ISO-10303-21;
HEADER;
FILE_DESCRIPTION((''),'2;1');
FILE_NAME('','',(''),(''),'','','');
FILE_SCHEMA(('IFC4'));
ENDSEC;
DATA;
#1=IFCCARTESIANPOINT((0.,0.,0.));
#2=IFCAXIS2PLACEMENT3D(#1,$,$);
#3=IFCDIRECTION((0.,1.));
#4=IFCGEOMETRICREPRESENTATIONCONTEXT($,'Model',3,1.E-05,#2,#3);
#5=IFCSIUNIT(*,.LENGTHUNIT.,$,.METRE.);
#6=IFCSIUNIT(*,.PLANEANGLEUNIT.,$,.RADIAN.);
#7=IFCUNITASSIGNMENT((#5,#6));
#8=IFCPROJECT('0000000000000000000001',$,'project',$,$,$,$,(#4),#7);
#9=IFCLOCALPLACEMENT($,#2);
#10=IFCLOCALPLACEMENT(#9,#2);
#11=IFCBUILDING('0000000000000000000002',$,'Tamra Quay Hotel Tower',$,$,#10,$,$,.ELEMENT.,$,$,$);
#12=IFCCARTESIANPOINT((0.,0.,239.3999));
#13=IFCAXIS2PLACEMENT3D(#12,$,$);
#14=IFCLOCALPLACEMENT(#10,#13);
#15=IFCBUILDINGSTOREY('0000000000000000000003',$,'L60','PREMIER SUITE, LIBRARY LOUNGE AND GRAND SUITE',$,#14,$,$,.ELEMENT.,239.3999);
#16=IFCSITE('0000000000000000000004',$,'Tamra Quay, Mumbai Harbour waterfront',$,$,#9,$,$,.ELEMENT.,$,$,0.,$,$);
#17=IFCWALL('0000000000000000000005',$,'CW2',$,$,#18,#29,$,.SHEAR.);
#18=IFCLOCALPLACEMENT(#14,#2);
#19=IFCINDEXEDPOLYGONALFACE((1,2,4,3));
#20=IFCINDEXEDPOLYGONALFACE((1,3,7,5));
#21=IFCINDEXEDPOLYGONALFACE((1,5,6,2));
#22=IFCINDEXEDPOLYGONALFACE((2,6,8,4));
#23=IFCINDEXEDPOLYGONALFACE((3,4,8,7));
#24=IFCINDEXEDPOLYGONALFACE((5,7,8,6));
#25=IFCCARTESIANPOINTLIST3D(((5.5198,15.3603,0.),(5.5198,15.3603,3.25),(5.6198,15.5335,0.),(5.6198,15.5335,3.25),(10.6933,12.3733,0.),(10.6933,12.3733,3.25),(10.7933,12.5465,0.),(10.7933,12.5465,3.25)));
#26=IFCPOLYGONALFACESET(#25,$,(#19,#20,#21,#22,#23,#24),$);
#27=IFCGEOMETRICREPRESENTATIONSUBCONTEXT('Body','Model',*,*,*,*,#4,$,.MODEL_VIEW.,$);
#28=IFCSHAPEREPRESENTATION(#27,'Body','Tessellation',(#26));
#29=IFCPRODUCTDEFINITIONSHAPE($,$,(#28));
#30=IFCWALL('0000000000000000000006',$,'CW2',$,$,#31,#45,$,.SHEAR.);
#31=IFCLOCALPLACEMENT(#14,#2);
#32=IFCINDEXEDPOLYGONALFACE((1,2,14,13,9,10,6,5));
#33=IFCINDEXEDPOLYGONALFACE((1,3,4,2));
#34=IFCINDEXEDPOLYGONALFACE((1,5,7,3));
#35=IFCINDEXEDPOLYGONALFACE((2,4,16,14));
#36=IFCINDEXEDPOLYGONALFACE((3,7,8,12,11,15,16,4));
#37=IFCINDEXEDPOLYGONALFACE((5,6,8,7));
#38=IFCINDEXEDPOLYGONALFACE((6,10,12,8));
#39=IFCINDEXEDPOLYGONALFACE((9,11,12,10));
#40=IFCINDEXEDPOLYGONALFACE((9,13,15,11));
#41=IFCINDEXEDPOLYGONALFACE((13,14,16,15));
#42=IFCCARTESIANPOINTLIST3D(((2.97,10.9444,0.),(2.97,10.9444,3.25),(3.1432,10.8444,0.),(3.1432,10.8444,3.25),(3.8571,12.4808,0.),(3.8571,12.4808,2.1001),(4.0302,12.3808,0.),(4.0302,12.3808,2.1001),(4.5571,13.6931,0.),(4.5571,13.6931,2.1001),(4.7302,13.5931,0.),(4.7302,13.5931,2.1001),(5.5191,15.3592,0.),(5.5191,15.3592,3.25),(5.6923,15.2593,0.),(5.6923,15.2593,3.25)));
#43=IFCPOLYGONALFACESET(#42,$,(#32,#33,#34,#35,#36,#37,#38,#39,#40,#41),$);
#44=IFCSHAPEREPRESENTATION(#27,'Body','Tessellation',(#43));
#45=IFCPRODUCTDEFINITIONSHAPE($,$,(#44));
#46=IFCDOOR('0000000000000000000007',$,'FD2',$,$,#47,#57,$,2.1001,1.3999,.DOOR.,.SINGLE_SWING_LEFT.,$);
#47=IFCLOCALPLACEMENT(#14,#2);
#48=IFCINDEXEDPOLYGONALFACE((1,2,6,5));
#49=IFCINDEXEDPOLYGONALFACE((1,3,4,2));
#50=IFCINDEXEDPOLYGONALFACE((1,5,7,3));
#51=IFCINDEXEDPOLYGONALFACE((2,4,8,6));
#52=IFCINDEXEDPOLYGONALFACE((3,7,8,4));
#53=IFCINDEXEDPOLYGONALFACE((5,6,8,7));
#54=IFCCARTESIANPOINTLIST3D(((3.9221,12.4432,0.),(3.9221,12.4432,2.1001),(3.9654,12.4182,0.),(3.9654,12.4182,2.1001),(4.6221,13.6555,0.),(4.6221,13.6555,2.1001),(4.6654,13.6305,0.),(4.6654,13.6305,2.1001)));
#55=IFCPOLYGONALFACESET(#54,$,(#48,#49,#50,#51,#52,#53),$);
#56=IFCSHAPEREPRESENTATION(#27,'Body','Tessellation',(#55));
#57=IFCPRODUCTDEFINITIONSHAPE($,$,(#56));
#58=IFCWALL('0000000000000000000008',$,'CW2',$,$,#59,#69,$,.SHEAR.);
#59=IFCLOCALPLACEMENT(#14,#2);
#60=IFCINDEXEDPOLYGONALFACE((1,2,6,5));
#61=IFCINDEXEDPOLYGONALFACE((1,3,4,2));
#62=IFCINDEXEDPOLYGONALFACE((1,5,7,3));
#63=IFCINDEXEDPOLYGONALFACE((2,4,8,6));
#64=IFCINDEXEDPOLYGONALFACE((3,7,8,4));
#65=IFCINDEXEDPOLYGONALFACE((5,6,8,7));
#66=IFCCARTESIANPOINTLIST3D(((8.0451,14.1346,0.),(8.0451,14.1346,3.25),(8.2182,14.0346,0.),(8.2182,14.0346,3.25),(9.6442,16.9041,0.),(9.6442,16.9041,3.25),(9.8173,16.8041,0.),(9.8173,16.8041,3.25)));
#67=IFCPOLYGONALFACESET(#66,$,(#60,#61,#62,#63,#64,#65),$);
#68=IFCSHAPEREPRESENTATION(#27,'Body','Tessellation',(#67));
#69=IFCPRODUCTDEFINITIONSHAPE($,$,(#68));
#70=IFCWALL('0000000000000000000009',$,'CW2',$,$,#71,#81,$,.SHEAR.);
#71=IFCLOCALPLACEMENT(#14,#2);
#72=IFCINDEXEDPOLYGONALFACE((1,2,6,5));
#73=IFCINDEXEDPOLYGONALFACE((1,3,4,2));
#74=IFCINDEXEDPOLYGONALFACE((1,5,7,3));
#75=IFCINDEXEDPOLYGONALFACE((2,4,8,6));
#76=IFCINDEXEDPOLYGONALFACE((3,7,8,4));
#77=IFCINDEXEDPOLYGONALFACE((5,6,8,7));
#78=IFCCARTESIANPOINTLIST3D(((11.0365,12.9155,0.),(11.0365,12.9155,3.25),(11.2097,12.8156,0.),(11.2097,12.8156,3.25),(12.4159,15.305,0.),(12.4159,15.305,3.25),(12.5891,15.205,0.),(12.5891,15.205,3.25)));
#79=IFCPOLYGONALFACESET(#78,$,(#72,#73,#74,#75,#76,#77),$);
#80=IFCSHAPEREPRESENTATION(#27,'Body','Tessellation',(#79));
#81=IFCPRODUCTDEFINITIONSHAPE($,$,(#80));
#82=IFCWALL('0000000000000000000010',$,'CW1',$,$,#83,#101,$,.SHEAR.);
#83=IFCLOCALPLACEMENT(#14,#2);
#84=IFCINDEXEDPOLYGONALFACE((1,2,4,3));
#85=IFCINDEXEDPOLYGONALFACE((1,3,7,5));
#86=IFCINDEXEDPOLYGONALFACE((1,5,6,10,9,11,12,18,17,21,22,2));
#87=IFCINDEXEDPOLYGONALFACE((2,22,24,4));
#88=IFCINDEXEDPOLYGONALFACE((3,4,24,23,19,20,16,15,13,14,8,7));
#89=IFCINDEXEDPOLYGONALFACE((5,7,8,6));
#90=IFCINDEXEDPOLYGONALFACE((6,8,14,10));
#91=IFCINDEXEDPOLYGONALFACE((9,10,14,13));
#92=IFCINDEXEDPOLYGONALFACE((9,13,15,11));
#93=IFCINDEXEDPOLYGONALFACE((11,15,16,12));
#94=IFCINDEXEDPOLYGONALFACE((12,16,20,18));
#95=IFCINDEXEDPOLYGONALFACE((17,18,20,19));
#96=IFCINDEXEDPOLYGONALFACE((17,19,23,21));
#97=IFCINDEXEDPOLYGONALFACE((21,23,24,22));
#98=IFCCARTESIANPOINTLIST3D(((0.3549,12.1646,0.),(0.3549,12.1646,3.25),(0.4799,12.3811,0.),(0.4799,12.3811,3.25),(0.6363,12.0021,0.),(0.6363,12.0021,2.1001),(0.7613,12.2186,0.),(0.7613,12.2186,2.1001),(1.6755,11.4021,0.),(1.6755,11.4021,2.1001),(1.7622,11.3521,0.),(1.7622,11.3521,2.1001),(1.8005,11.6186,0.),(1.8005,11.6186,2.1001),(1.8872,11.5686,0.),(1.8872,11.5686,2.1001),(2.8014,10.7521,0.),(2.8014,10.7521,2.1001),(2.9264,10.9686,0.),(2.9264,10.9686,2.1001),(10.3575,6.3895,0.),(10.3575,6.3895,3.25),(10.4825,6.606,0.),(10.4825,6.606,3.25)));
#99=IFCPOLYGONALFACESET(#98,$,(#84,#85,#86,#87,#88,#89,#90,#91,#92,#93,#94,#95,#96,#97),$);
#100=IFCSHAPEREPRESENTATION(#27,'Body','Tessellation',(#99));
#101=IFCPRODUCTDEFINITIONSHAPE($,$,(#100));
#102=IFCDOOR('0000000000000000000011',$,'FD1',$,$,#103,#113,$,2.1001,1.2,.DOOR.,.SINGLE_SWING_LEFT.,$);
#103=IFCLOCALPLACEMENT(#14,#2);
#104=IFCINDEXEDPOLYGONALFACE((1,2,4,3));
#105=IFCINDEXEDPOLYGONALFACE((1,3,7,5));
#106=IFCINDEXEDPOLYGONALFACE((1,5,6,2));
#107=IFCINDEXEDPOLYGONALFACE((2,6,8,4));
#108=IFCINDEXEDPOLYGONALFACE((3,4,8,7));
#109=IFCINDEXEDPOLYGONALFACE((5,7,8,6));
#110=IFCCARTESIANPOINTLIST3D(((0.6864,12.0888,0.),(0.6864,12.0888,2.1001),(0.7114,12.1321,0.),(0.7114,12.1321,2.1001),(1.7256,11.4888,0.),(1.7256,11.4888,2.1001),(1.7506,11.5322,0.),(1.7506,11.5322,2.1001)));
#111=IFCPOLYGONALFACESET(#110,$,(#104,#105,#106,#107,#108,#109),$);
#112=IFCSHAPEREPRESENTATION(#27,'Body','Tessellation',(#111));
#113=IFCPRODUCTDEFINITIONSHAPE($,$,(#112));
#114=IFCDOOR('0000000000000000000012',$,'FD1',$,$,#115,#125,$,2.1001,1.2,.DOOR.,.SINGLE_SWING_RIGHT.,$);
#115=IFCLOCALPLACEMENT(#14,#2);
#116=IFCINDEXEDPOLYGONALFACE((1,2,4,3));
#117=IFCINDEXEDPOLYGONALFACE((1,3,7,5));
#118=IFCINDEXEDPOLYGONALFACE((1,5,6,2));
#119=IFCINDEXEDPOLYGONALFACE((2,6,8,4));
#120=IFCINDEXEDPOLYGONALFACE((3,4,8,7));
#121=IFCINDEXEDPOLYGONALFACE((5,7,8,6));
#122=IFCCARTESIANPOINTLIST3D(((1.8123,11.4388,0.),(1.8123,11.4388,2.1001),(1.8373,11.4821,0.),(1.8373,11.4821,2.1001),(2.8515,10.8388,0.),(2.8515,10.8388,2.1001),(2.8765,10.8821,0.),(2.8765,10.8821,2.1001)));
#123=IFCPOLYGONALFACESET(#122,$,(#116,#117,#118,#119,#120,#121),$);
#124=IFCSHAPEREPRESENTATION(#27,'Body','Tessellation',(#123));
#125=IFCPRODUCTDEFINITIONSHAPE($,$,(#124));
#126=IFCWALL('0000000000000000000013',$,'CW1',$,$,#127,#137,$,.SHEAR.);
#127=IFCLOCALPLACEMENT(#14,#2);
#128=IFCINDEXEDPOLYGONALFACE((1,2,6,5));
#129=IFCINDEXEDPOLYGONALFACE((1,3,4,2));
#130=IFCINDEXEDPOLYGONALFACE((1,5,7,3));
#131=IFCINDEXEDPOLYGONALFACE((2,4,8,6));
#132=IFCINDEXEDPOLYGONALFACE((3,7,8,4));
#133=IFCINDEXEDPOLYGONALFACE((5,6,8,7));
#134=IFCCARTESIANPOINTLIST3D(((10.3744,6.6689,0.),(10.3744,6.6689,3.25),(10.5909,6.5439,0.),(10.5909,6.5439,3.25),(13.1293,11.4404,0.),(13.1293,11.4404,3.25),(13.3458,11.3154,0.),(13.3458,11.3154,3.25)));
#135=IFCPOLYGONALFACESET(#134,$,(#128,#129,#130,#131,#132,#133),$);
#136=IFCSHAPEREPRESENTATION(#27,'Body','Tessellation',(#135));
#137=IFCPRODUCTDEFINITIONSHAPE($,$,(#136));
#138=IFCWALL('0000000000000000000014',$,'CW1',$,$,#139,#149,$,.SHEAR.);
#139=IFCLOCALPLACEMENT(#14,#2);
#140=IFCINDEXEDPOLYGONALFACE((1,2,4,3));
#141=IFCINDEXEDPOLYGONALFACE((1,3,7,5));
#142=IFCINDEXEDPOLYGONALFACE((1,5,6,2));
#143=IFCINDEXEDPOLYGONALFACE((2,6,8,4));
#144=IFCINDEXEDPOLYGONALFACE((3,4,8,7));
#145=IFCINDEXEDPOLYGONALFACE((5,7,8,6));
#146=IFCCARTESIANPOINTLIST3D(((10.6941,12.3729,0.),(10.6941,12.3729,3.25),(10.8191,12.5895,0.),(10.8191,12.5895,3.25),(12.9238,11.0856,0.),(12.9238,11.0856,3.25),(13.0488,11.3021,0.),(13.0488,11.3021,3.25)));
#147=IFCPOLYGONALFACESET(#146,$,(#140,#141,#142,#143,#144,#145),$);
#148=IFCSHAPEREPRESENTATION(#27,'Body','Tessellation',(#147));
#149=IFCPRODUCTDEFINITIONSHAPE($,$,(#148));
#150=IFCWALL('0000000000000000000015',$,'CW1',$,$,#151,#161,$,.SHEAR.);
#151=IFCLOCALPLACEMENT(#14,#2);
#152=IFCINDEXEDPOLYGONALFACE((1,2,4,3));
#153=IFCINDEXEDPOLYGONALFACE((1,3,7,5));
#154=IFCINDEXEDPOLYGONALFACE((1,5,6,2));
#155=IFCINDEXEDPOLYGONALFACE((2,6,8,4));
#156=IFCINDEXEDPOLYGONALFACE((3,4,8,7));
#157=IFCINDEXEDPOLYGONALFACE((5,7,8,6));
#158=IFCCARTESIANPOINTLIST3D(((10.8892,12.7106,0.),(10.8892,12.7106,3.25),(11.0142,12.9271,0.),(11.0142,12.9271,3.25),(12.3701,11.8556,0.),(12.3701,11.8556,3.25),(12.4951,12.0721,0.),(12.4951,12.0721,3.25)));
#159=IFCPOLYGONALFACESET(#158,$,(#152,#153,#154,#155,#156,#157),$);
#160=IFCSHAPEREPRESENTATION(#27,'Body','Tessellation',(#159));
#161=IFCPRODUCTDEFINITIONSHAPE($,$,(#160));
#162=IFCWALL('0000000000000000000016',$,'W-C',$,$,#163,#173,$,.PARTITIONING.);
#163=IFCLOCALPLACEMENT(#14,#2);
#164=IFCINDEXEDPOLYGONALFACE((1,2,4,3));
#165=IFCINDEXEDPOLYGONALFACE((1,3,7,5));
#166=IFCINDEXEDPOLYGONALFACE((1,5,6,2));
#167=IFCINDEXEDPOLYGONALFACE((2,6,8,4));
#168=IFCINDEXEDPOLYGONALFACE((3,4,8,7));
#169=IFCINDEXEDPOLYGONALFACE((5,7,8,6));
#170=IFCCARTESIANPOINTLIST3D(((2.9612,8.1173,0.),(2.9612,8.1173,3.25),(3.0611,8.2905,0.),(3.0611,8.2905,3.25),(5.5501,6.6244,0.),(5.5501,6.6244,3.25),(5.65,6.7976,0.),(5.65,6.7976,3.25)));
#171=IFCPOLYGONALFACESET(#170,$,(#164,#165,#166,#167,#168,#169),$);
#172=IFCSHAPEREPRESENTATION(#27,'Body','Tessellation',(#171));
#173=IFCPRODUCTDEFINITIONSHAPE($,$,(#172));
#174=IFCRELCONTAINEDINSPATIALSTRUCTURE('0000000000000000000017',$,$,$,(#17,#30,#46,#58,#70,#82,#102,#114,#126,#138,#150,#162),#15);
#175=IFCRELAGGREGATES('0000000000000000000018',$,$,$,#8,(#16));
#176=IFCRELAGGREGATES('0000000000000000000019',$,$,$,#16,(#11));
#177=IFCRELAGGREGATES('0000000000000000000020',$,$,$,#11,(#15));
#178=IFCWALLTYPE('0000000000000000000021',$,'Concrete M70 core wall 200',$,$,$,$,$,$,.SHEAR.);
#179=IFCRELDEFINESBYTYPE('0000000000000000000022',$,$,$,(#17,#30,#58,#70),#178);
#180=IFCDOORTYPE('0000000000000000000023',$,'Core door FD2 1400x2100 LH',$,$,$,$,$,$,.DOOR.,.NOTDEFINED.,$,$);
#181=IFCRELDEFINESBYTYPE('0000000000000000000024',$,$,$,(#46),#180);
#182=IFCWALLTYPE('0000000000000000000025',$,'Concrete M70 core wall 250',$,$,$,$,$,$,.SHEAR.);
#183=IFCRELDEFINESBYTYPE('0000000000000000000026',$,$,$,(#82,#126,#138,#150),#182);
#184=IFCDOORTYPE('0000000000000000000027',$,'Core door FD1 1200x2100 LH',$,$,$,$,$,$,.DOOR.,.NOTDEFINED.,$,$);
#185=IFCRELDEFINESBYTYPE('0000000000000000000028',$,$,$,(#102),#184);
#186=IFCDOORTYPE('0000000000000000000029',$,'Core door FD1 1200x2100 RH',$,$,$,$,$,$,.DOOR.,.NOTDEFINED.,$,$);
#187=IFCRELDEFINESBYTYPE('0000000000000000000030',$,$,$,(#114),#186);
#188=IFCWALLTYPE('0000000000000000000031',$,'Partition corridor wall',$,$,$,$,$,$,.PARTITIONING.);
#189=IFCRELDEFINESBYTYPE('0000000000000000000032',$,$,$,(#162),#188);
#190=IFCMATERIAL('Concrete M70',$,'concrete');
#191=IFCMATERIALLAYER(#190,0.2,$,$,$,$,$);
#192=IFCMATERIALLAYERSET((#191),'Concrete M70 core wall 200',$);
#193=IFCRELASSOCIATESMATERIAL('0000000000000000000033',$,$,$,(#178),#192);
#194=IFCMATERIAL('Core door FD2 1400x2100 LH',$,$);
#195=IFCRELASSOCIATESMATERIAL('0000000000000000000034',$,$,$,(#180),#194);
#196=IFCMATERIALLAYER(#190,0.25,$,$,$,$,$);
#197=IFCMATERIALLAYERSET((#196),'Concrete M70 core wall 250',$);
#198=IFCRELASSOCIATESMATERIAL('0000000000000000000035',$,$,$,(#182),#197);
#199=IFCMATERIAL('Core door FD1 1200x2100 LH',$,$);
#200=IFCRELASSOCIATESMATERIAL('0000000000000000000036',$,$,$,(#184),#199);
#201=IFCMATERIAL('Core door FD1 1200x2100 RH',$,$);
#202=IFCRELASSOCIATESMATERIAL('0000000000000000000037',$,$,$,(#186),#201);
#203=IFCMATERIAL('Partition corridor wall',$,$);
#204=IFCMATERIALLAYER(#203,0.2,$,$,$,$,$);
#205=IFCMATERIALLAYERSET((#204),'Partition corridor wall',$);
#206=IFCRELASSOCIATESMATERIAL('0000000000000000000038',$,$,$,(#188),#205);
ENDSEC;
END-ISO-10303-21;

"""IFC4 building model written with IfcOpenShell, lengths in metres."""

from ifc_helpers import new_model, si_unit, direction, frame, frame_2d, origin, place, context, subcontext, project, spatial, rectangle, extrude, material, layer, layer_set, type_object, element, fill, save


model = new_model("IFC4")

# Units and contexts
model_context = context("Model", 3, precision=1e-05, world=origin(), true_north=direction((0.0, 1.0)))
body_context = subcontext(model_context, "Body", "Model", "MODEL_VIEW")
ifc_project = project(units=[si_unit("LENGTHUNIT", "METRE"), si_unit("PLANEANGLEUNIT", "RADIAN")], contexts=[model_context])

# Site, building, storey
site_placement = place(None, origin())
site = spatial("IfcSite", under=ifc_project, at=site_placement, Name="Tamra Quay, Mumbai Harbour waterfront", CompositionType="ELEMENT", RefElevation=0.0)
building_placement = place(site_placement, origin())
building = spatial("IfcBuilding", under=site, at=building_placement, Name="Tamra Quay Hotel Tower", CompositionType="ELEMENT")
storey_placement = place(building_placement, frame((0.0, 0.0, 239.3999)))
storey = spatial("IfcBuildingStorey", under=building, at=storey_placement, Name="L60", Description="PREMIER SUITE, LIBRARY LOUNGE AND GRAND SUITE", CompositionType="ELEMENT", Elevation=239.3999)

# Wall
ifc_material_1 = material(Name="Concrete M70", Category="concrete")
ifc_layer_1 = layer(ifc_material_1, 0.2)
ifc_layer_set_1 = layer_set([ifc_layer_1], Name="Concrete M70 core wall 200")
wall_type_1 = type_object("IfcWallType", Name="Concrete M70 core wall 200", PredefinedType="SHEAR", material=ifc_layer_set_1)
wall_1_placement = place(storey_placement, frame((10.7432, 12.46, 0.0), z_axis=(0.0, 0.0, 1.0), x_axis=(-0.866019, 0.500011, 0.0)))
element("IfcWall", 1, at=wall_1_placement, inside=storey, type_object=wall_type_1, Name="CW2", PredefinedType="SHEAR", context=body_context, shape_type="SweptSolid", body=[
    extrude(rectangle(XDim=5.9739, YDim=0.2, at=frame_2d((2.9868, 0.0))), origin(), (0.0, 0.0, 1.0), 3.25),
])

# Wall, opening, door
wall_2_placement = place(storey_placement, frame((3.0566, 10.8945, 0.0), z_axis=(0.0, 0.0, 1.0), x_axis=(0.500028, 0.866009, 0.0)))
wall_2 = element("IfcWall", 2, at=wall_2_placement, inside=storey, type_object=wall_type_1, Name="CW2", PredefinedType="SHEAR", context=body_context, shape_type="SweptSolid", body=[
    extrude(rectangle(XDim=5.0979, YDim=0.2, at=frame_2d((2.5488, 0.0))), origin(), (0.0, 0.0, 1.0), 3.25),
])
opening_1_placement = place(wall_2_placement, frame((1.7739, 0.0, 0.0)))
opening_1 = element("IfcOpeningElement", 3, at=opening_1_placement, cuts=wall_2, PredefinedType="OPENING", context=body_context, shape_type="SweptSolid", body=[
    extrude(rectangle(XDim=1.3999, YDim=2.1001, at=frame_2d((0.7, 1.05))), frame((0.0, 0.1099, 0.0), z_axis=(0.0, -1.0, 0.0), x_axis=(1.0, 0.0, 0.0)), (0.0, 0.0, 1.0), 0.22),
])
ifc_material_2 = material(Name="Core door FD2 1400x2100 LH")
door_type_1 = type_object("IfcDoorType", Name="Core door FD2 1400x2100 LH", OperationType="NOTDEFINED", PredefinedType="DOOR", material=ifc_material_2)
door_1_placement = place(opening_1_placement, origin())
door_1 = element("IfcDoor", 4, at=door_1_placement, inside=storey, type_object=door_type_1, Name="FD2", OperationType="SINGLE_SWING_LEFT", OverallHeight=2.1001, OverallWidth=1.3999, PredefinedType="DOOR", context=body_context, shape_type="SweptSolid", body=[
    extrude(rectangle(XDim=1.3999, YDim=2.1001, at=frame_2d((0.7, 1.05))), frame((0.0, 0.0249, 0.0), z_axis=(0.0, -1.0, 0.0), x_axis=(1.0, 0.0, 0.0)), (0.0, 0.0, 1.0), 0.05),
])
fill(opening_1, door_1)

# Walls
wall_3_placement = place(storey_placement, frame((8.1316, 14.0845, 0.0), z_axis=(0.0, 0.0, 1.0), x_axis=(0.500031, 0.866008, 0.0)))
element("IfcWall", 5, at=wall_3_placement, inside=storey, type_object=wall_type_1, Name="CW2", PredefinedType="SHEAR", context=body_context, shape_type="SweptSolid", body=[
    extrude(rectangle(XDim=3.198, YDim=0.2, at=frame_2d((1.5991, 0.0))), origin(), (0.0, 0.0, 1.0), 3.25),
])
wall_4_placement = place(storey_placement, frame((12.5024, 15.2549, 0.0), z_axis=(0.0, 0.0, 1.0), x_axis=(-0.499965, -0.866046, 0.0)))
element("IfcWall", 6, at=wall_4_placement, inside=storey, type_object=wall_type_1, Name="CW2", PredefinedType="SHEAR", context=body_context, shape_type="SweptSolid", body=[
    extrude(rectangle(XDim=2.759, YDim=0.2, at=frame_2d((1.3794, 0.0))), origin(), (0.0, 0.0, 1.0), 3.25),
])

# Wall, openings, doors
ifc_layer_2 = layer(ifc_material_1, 0.25)
ifc_layer_set_2 = layer_set([ifc_layer_2], Name="Concrete M70 core wall 250")
wall_type_2 = type_object("IfcWallType", Name="Concrete M70 core wall 250", PredefinedType="SHEAR", material=ifc_layer_set_2)
wall_5_placement = place(storey_placement, frame((10.4199, 6.4978, 0.0), z_axis=(0.0, 0.0, 1.0), x_axis=(-0.866022, 0.500006, 0.0)))
wall_5 = element("IfcWall", 7, at=wall_5_placement, inside=storey, type_object=wall_type_2, Name="CW1", PredefinedType="SHEAR", context=body_context, shape_type="SweptSolid", body=[
    extrude(rectangle(XDim=11.55, YDim=0.25, at=frame_2d((5.7749, 0.0))), origin(), (0.0, 0.0, 1.0), 3.25),
])
opening_2_placement = place(wall_5_placement, frame((10.0249, 0.0, 0.0)))
opening_2 = element("IfcOpeningElement", 8, at=opening_2_placement, cuts=wall_5, PredefinedType="OPENING", context=body_context, shape_type="SweptSolid", body=[
    extrude(rectangle(XDim=1.2, YDim=2.1001, at=frame_2d((0.6001, 1.05))), frame((0.0, 0.135, 0.0), z_axis=(0.0, -1.0, 0.0), x_axis=(1.0, 0.0, 0.0)), (0.0, 0.0, 1.0), 0.27),
])
opening_3_placement = place(wall_5_placement, frame((8.7249, 0.0, 0.0)))
opening_3 = element("IfcOpeningElement", 9, at=opening_3_placement, cuts=wall_5, PredefinedType="OPENING", context=body_context, shape_type="SweptSolid", body=[
    extrude(rectangle(XDim=1.2, YDim=2.1001, at=frame_2d((0.6001, 1.05))), frame((0.0, 0.135, 0.0), z_axis=(0.0, -1.0, 0.0), x_axis=(1.0, 0.0, 0.0)), (0.0, 0.0, 1.0), 0.27),
])
ifc_material_3 = material(Name="Core door FD1 1200x2100 LH")
door_type_2 = type_object("IfcDoorType", Name="Core door FD1 1200x2100 LH", OperationType="NOTDEFINED", PredefinedType="DOOR", material=ifc_material_3)
door_2_placement = place(opening_2_placement, origin())
door_2 = element("IfcDoor", 10, at=door_2_placement, inside=storey, type_object=door_type_2, Name="FD1", OperationType="SINGLE_SWING_LEFT", OverallHeight=2.1001, OverallWidth=1.2, PredefinedType="DOOR", context=body_context, shape_type="SweptSolid", body=[
    extrude(rectangle(XDim=1.2, YDim=2.1001, at=frame_2d((0.6001, 1.05))), frame((0.0, 0.0249, 0.0), z_axis=(0.0, -1.0, 0.0), x_axis=(1.0, 0.0, 0.0)), (0.0, 0.0, 1.0), 0.05),
])
fill(opening_2, door_2)
ifc_material_4 = material(Name="Core door FD1 1200x2100 RH")
door_type_3 = type_object("IfcDoorType", Name="Core door FD1 1200x2100 RH", OperationType="NOTDEFINED", PredefinedType="DOOR", material=ifc_material_4)
door_3_placement = place(opening_3_placement, origin())
door_3 = element("IfcDoor", 11, at=door_3_placement, inside=storey, type_object=door_type_3, Name="FD1", OperationType="SINGLE_SWING_RIGHT", OverallHeight=2.1001, OverallWidth=1.2, PredefinedType="DOOR", context=body_context, shape_type="SweptSolid", body=[
    extrude(rectangle(XDim=1.2, YDim=2.1001, at=frame_2d((0.6001, 1.05))), frame((0.0, 0.0249, 0.0), z_axis=(0.0, -1.0, 0.0), x_axis=(1.0, 0.0, 0.0)), (0.0, 0.0, 1.0), 0.05),
])
fill(opening_3, door_3)

# Walls
wall_6_placement = place(storey_placement, frame((13.2375, 11.3779, 0.0), z_axis=(0.0, 0.0, 1.0), x_axis=(-0.500009, -0.86602, 0.0)))
element("IfcWall", 12, at=wall_6_placement, inside=storey, type_object=wall_type_2, Name="CW1", PredefinedType="SHEAR", context=body_context, shape_type="SweptSolid", body=[
    extrude(rectangle(XDim=5.5098, YDim=0.25, at=frame_2d((2.7549, 0.0))), origin(), (0.0, 0.0, 1.0), 3.25),
])
wall_7_placement = place(storey_placement, frame((10.7566, 12.4812, 0.0), z_axis=(0.0, 0.0, 1.0), x_axis=(0.866023, -0.500004, 0.0)))
element("IfcWall", 13, at=wall_7_placement, inside=storey, type_object=wall_type_2, Name="CW1", PredefinedType="SHEAR", context=body_context, shape_type="SweptSolid", body=[
    extrude(rectangle(XDim=2.5747, YDim=0.25, at=frame_2d((1.2874, 0.0))), origin(), (0.0, 0.0, 1.0), 3.25),
])
wall_8_placement = place(storey_placement, frame((12.4326, 11.9639, 0.0), z_axis=(0.0, 0.0, 1.0), x_axis=(-0.866038, 0.499978, 0.0)))
element("IfcWall", 14, at=wall_8_placement, inside=storey, type_object=wall_type_2, Name="CW1", PredefinedType="SHEAR", context=body_context, shape_type="SweptSolid", body=[
    extrude(rectangle(XDim=1.71, YDim=0.25, at=frame_2d((0.855, 0.0))), origin(), (0.0, 0.0, 1.0), 3.25),
])
ifc_material_5 = material(Name="Partition corridor wall")
ifc_layer_3 = layer(ifc_material_5, 0.2)
ifc_layer_set_3 = layer_set([ifc_layer_3], Name="Partition corridor wall")
wall_type_3 = type_object("IfcWallType", Name="Partition corridor wall", PredefinedType="PARTITIONING", material=ifc_layer_set_3)
wall_9_placement = place(storey_placement, frame((3.0112, 8.2039, 0.0), z_axis=(0.0, 0.0, 1.0), x_axis=(0.866281, -0.499557, 0.0)))
element("IfcWall", 15, at=wall_9_placement, inside=storey, type_object=wall_type_3, Name="W-C", PredefinedType="PARTITIONING", context=body_context, shape_type="SweptSolid", body=[
    extrude(rectangle(XDim=2.9885, YDim=0.2, at=frame_2d((1.4941, 0.0))), origin(), (0.0, 0.0, 1.0), 3.25),
])

save(model, "model.ifc")
